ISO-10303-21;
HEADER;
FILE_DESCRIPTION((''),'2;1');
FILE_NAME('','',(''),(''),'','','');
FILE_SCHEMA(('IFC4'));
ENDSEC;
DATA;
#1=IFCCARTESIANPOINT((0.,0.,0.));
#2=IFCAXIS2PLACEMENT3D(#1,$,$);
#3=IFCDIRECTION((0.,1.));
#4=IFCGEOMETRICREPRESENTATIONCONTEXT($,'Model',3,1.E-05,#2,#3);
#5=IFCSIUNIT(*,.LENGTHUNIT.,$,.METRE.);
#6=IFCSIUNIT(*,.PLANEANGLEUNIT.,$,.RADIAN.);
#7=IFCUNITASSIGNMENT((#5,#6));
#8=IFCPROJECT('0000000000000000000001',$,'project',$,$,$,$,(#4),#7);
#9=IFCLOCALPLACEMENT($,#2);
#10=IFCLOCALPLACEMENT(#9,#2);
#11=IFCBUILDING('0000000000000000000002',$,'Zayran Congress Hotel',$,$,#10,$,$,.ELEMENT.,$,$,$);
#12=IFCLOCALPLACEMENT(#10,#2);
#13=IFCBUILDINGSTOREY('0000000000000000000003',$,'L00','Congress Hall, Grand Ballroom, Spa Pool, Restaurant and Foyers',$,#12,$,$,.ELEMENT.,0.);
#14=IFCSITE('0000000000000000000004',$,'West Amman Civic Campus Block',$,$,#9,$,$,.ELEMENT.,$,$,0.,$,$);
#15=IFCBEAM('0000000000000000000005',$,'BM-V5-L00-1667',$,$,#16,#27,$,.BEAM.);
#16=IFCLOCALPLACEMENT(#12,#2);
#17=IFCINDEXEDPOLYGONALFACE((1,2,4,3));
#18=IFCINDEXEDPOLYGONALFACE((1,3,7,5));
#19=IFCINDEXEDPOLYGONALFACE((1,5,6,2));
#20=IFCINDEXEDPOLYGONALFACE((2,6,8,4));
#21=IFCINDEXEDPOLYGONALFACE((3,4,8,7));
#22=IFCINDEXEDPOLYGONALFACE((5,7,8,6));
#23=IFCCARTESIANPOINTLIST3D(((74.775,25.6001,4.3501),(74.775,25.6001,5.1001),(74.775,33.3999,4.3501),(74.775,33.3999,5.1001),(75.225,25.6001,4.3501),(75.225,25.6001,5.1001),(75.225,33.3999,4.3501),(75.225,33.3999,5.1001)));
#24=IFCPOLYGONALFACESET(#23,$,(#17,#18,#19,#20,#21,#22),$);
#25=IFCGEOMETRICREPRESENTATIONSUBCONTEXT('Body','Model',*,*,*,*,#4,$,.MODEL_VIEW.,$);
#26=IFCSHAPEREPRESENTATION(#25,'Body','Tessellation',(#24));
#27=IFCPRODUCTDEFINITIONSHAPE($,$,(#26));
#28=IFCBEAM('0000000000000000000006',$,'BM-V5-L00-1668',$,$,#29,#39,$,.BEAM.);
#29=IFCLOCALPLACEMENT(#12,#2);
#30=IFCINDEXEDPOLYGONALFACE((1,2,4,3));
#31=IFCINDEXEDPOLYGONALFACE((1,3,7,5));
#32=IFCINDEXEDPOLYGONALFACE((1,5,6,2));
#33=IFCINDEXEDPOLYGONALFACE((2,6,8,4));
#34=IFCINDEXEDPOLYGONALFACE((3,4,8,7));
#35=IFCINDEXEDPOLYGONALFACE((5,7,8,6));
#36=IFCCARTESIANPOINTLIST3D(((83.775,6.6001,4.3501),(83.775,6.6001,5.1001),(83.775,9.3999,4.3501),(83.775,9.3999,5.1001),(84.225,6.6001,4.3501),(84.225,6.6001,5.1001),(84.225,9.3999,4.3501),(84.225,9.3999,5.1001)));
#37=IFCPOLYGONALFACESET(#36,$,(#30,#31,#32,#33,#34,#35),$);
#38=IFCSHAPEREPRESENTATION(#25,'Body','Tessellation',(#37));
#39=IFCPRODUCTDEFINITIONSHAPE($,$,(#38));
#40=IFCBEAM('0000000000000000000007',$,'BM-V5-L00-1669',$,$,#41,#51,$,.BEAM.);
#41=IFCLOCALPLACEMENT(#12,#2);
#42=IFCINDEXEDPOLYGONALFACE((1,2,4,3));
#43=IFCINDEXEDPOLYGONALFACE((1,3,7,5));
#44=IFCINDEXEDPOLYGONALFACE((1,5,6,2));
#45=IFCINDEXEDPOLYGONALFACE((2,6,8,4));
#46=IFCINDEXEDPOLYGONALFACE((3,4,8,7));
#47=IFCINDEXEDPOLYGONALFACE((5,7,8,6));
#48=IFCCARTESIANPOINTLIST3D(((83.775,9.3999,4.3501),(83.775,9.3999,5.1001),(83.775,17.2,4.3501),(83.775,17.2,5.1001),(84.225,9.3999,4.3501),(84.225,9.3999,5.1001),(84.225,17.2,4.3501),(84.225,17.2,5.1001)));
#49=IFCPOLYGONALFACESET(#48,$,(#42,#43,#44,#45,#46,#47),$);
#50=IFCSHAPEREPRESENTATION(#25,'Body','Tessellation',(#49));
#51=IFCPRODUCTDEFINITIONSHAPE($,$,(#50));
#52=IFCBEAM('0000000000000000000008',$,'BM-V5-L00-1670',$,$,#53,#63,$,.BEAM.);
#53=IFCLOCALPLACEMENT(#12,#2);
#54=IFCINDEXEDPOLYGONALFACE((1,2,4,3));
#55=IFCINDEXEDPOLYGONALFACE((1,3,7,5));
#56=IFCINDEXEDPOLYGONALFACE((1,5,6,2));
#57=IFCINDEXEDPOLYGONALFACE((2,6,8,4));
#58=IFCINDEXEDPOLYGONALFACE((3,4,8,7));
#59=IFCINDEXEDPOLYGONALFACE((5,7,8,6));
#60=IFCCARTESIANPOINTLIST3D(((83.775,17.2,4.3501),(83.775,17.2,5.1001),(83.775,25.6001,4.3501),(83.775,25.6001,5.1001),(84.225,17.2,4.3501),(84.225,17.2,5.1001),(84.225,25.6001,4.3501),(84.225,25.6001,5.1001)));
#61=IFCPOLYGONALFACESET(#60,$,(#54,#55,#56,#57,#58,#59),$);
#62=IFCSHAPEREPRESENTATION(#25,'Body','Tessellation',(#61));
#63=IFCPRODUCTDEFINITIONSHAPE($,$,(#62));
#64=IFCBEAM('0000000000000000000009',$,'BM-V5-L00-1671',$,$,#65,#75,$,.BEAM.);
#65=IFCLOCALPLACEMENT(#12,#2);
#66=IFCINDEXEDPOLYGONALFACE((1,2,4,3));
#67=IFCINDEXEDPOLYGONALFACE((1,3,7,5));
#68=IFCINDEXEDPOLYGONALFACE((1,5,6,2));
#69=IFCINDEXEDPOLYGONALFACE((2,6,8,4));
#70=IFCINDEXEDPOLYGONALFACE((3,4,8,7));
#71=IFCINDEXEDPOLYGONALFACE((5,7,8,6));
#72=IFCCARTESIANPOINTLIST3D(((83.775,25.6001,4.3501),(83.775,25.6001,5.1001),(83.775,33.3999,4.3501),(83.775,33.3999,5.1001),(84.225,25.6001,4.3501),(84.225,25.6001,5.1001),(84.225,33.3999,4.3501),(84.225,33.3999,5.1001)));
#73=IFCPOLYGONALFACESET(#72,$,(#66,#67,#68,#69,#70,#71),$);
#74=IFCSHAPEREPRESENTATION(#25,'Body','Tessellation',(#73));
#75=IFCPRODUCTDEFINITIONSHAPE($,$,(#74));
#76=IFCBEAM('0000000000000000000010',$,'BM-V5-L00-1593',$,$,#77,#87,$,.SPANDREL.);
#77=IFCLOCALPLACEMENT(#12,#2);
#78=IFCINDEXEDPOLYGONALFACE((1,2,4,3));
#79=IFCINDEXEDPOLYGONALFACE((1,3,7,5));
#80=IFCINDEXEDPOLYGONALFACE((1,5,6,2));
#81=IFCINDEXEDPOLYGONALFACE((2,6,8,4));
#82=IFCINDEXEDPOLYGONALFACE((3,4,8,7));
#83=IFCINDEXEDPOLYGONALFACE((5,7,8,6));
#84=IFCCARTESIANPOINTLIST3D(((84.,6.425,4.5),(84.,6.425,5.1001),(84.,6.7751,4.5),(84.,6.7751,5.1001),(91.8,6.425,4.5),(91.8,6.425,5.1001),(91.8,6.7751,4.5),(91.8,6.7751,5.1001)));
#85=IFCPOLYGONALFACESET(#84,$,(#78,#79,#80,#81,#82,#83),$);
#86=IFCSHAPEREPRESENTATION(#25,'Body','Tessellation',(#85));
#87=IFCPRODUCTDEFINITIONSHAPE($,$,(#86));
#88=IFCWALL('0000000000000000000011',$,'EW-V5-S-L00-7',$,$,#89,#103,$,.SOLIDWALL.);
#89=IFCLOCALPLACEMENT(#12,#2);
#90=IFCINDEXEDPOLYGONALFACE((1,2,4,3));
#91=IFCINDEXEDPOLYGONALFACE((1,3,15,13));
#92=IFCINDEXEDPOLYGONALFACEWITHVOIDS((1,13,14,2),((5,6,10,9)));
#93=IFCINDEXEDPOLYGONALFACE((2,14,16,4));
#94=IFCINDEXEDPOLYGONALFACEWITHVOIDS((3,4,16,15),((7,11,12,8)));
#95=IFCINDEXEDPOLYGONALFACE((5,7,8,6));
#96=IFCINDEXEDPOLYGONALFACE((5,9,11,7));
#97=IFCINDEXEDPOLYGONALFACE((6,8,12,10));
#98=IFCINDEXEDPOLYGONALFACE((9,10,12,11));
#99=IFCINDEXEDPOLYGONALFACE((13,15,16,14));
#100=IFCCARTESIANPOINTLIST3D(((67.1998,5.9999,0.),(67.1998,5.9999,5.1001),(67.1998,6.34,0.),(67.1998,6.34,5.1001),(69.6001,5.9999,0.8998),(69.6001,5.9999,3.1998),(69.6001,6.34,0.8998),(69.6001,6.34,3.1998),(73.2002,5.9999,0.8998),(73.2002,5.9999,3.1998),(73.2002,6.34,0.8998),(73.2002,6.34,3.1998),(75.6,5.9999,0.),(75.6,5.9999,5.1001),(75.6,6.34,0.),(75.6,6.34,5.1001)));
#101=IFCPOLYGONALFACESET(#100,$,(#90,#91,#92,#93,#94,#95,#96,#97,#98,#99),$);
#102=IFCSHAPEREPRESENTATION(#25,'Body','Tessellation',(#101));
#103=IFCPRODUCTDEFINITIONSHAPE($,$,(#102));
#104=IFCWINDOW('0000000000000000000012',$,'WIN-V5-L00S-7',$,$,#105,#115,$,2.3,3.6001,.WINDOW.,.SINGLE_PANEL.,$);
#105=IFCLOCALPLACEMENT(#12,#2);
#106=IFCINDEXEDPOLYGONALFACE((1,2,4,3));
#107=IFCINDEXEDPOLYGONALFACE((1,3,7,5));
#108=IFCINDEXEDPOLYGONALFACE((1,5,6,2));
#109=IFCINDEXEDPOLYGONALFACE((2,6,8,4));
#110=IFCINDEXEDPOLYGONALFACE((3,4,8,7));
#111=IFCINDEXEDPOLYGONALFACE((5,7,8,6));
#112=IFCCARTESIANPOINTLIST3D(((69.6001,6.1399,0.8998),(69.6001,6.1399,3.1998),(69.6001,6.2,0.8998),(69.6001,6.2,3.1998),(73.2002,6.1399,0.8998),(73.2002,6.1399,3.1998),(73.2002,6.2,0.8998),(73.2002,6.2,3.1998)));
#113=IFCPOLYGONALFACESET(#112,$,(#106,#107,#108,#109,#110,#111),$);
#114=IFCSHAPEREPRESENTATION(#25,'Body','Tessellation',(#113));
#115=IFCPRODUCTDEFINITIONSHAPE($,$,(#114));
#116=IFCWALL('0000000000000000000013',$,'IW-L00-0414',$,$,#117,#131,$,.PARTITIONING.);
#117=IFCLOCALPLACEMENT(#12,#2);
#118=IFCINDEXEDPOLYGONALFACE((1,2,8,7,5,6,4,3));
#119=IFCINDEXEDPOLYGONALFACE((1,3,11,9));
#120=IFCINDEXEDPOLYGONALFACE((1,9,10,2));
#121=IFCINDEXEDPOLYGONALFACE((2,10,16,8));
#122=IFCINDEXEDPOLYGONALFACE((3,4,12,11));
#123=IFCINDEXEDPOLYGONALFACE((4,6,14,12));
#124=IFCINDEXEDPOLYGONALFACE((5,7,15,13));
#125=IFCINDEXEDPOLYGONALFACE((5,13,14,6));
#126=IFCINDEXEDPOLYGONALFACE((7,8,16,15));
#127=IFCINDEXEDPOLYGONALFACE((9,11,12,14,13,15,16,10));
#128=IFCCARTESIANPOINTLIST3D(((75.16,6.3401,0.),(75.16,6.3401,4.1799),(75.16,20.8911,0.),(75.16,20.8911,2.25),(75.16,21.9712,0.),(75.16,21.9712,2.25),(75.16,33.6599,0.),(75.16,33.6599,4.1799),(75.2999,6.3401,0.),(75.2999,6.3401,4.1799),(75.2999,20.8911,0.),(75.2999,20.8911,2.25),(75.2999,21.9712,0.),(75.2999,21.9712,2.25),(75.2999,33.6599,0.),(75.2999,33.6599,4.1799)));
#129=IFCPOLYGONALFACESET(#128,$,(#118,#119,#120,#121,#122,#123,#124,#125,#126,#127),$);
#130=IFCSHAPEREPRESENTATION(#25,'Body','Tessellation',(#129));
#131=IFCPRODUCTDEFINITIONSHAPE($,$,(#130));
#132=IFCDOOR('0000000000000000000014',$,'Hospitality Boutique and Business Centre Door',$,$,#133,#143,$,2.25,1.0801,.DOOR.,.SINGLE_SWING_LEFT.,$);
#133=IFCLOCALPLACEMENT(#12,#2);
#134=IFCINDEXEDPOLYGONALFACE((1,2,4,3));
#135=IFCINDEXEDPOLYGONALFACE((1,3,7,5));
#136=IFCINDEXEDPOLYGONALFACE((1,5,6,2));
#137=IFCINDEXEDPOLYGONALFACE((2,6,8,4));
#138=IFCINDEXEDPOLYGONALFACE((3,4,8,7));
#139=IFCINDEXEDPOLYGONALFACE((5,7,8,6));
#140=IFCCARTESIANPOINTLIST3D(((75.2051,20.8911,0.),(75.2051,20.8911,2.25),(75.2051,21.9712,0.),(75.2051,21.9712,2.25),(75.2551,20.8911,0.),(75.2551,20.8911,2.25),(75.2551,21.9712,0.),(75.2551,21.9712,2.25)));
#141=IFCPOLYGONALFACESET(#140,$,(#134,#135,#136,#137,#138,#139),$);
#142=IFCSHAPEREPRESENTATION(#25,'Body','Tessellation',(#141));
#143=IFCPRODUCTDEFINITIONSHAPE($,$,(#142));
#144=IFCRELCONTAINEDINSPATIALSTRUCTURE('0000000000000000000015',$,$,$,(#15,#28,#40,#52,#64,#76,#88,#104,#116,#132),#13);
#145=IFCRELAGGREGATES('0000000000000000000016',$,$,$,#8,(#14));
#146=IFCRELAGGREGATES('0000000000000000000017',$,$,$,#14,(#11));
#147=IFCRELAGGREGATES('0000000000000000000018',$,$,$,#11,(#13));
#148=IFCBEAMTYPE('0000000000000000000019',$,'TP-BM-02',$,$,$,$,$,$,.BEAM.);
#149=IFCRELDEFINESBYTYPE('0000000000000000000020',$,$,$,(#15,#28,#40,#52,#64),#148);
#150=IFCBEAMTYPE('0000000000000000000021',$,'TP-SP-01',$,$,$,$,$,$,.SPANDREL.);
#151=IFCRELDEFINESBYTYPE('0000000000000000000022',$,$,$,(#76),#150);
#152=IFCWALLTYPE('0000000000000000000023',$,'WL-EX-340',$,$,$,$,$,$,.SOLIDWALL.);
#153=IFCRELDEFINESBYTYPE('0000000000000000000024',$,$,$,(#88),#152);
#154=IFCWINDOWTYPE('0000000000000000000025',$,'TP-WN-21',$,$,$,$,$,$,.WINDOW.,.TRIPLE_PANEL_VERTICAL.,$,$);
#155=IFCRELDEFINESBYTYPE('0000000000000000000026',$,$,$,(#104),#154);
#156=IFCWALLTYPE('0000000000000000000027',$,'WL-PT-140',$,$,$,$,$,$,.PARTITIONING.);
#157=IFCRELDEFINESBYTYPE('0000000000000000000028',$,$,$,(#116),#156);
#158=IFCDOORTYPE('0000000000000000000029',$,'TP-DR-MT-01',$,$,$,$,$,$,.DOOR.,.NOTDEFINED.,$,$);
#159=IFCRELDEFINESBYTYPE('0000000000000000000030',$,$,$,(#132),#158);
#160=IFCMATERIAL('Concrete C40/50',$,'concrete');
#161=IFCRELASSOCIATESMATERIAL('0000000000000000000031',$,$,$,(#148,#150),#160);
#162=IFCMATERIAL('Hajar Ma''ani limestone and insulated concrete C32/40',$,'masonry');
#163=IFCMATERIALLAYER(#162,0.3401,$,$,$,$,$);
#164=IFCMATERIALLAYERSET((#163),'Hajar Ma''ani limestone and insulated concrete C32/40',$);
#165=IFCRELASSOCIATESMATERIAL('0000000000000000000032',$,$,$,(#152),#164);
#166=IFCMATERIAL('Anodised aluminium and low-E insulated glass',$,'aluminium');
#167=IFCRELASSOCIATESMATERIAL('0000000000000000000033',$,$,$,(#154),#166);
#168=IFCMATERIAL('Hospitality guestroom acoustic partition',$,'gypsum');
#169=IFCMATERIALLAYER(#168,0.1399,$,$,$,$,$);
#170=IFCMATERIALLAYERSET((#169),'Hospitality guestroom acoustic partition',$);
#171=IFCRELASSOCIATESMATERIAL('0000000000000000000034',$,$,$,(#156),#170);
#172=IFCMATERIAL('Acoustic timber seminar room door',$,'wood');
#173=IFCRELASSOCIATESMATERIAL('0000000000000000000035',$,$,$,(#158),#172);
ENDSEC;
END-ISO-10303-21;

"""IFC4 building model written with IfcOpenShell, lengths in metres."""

from ifc_helpers import new_model, si_unit, direction, frame, frame_2d, origin, origin_2d, place, context, subcontext, project, spatial, rectangle, extrude, material, layer, layer_set, material_profile, profile_set, type_object, element, fill, save


model = new_model("IFC4")

# Units and contexts
model_context = context("Model", 3, precision=1e-05, world=origin(), true_north=direction((0.0, 1.0)))
body_context = subcontext(model_context, "Body", "Model", "MODEL_VIEW")
ifc_project = project(units=[si_unit("LENGTHUNIT", "METRE"), si_unit("PLANEANGLEUNIT", "RADIAN")], contexts=[model_context])

# Site, building, storey
site_placement = place(None, origin())
site = spatial("IfcSite", under=ifc_project, at=site_placement, Name="West Amman Civic Campus Block", CompositionType="ELEMENT", RefElevation=0.0)
building_placement = place(site_placement, origin())
building = spatial("IfcBuilding", under=site, at=building_placement, Name="Zayran Congress Hotel", CompositionType="ELEMENT")
storey_placement = place(building_placement, origin())
storey = spatial("IfcBuildingStorey", under=building, at=storey_placement, Name="L00", Description="Congress Hall, Grand Ballroom, Spa Pool, Restaurant and Foyers", CompositionType="ELEMENT", Elevation=0.0)

# Shared definitions
ifc_material_1 = material(Name="Concrete C40/50", Category="concrete")

# Beams
ifc_material_profile_1 = material_profile(ifc_material_1, rectangle(XDim=0.45, YDim=0.75, at=origin_2d()), Name="RC 450x750")
ifc_profile_set_1 = profile_set([ifc_material_profile_1], Name="Concrete C40/50")
beam_type_1 = type_object("IfcBeamType", Name="TP-BM-02", PredefinedType="BEAM", material=ifc_profile_set_1)
beam_1_placement = place(storey_placement, frame((75.0, 25.6001, 4.7251), z_axis=(0.0, 1.0, 0.0), x_axis=(-1.0, 0.0, 0.0)))
element("IfcBeam", 1, at=beam_1_placement, inside=storey, type_object=beam_type_1, Name="BM-V5-L00-1667", PredefinedType="BEAM", context=body_context, shape_type="SweptSolid", body=[
    extrude(rectangle(XDim=0.45, YDim=0.75, at=origin_2d()), origin(), (0.0, 0.0, 1.0), 7.7998),
])
beam_2_placement = place(storey_placement, frame((84.0, 6.6001, 4.7251), z_axis=(0.0, 1.0, 0.0), x_axis=(-1.0, 0.0, 0.0)))
element("IfcBeam", 2, at=beam_2_placement, inside=storey, type_object=beam_type_1, Name="BM-V5-L00-1668", PredefinedType="BEAM", context=body_context, shape_type="SweptSolid", body=[
    extrude(rectangle(XDim=0.45, YDim=0.75, at=origin_2d()), origin(), (0.0, 0.0, 1.0), 2.7998),
])
beam_3_placement = place(storey_placement, frame((84.0, 9.3999, 4.7251), z_axis=(0.0, 1.0, 0.0), x_axis=(-1.0, 0.0, 0.0)))
element("IfcBeam", 3, at=beam_3_placement, inside=storey, type_object=beam_type_1, Name="BM-V5-L00-1669", PredefinedType="BEAM", context=body_context, shape_type="SweptSolid", body=[
    extrude(rectangle(XDim=0.45, YDim=0.75, at=origin_2d()), origin(), (0.0, 0.0, 1.0), 7.8),
])
beam_4_placement = place(storey_placement, frame((84.0, 17.2, 4.7251), z_axis=(0.0, 1.0, 0.0), x_axis=(-1.0, 0.0, 0.0)))
element("IfcBeam", 4, at=beam_4_placement, inside=storey, type_object=beam_type_1, Name="BM-V5-L00-1670", PredefinedType="BEAM", context=body_context, shape_type="SweptSolid", body=[
    extrude(rectangle(XDim=0.45, YDim=0.75, at=origin_2d()), origin(), (0.0, 0.0, 1.0), 8.4001),
])
beam_5_placement = place(storey_placement, frame((84.0, 25.6001, 4.7251), z_axis=(0.0, 1.0, 0.0), x_axis=(-1.0, 0.0, 0.0)))
element("IfcBeam", 5, at=beam_5_placement, inside=storey, type_object=beam_type_1, Name="BM-V5-L00-1671", PredefinedType="BEAM", context=body_context, shape_type="SweptSolid", body=[
    extrude(rectangle(XDim=0.45, YDim=0.75, at=origin_2d()), origin(), (0.0, 0.0, 1.0), 7.7998),
])
ifc_material_profile_2 = material_profile(ifc_material_1, rectangle(XDim=0.3501, YDim=0.6001, at=origin_2d()), Name="RC 350x600")
ifc_profile_set_2 = profile_set([ifc_material_profile_2], Name="Concrete C40/50")
beam_type_2 = type_object("IfcBeamType", Name="TP-SP-01", PredefinedType="SPANDREL", material=ifc_profile_set_2)
beam_6_placement = place(storey_placement, frame((84.0, 6.6001, 4.8), z_axis=(1.0, 0.0, 0.0), x_axis=(0.0, 1.0, 0.0)))
element("IfcBeam", 6, at=beam_6_placement, inside=storey, type_object=beam_type_2, Name="BM-V5-L00-1593", PredefinedType="SPANDREL", context=body_context, shape_type="SweptSolid", body=[
    extrude(rectangle(XDim=0.3501, YDim=0.6001, at=origin_2d()), origin(), (0.0, 0.0, 1.0), 7.8),
])

# Wall, opening, window
ifc_material_2 = material(Name="Hajar Ma'ani limestone and insulated concrete C32/40", Category="masonry")
ifc_layer_1 = layer(ifc_material_2, 0.3401)
ifc_layer_set_1 = layer_set([ifc_layer_1], Name="Hajar Ma'ani limestone and insulated concrete C32/40")
wall_type_1 = type_object("IfcWallType", Name="WL-EX-340", PredefinedType="SOLIDWALL", material=ifc_layer_set_1)
wall_1_placement = place(storey_placement, frame((75.6001, 6.1699, 0.0), z_axis=(0.0, 0.0, 1.0), x_axis=(-1.0, 0.0, 0.0)))
wall_1 = element("IfcWall", 7, at=wall_1_placement, inside=storey, type_object=wall_type_1, Name="EW-V5-S-L00-7", PredefinedType="SOLIDWALL", context=body_context, shape_type="SweptSolid", body=[
    extrude(rectangle(XDim=8.4001, YDim=0.3401, at=frame_2d((4.2002, 0.0))), origin(), (0.0, 0.0, 1.0), 5.1001),
])
opening_1_placement = place(wall_1_placement, frame((2.3999, 0.0, 0.8999)))
opening_1 = element("IfcOpeningElement", 8, at=opening_1_placement, cuts=wall_1, PredefinedType="OPENING", context=body_context, shape_type="SweptSolid", body=[
    extrude(rectangle(XDim=3.6001, YDim=2.3, at=frame_2d((1.8, 1.1499))), frame((0.0, 0.1799, 0.0), z_axis=(0.0, -1.0, 0.0), x_axis=(1.0, 0.0, 0.0)), (0.0, 0.0, 1.0), 0.3601),
])
ifc_material_3 = material(Name="Anodised aluminium and low-E insulated glass", Category="aluminium")
window_type = type_object("IfcWindowType", Name="TP-WN-21", PartitioningType="TRIPLE_PANEL_VERTICAL", PredefinedType="WINDOW", material=ifc_material_3)
window_placement = place(opening_1_placement, origin())
window = element("IfcWindow", 9, at=window_placement, inside=storey, type_object=window_type, Name="WIN-V5-L00S-7", OverallHeight=2.3, OverallWidth=3.6001, PartitioningType="SINGLE_PANEL", PredefinedType="WINDOW", context=body_context, shape_type="SweptSolid", body=[
    extrude(rectangle(XDim=3.6001, YDim=2.3, at=frame_2d((1.8, 1.1499))), frame((0.0, 0.03, 0.0), z_axis=(0.0, -1.0, 0.0), x_axis=(1.0, 0.0, 0.0)), (0.0, 0.0, 1.0), 0.0601),
])
fill(opening_1, window)

# Wall, opening, door
ifc_material_4 = material(Name="Hospitality guestroom acoustic partition", Category="gypsum")
ifc_layer_2 = layer(ifc_material_4, 0.1399)
ifc_layer_set_2 = layer_set([ifc_layer_2], Name="Hospitality guestroom acoustic partition")
wall_type_2 = type_object("IfcWallType", Name="WL-PT-140", PredefinedType="PARTITIONING", material=ifc_layer_set_2)
wall_2_placement = place(storey_placement, frame((75.23, 6.3401, 0.0), z_axis=(0.0, 0.0, 1.0), x_axis=(0.0, 1.0, 0.0)))
wall_2 = element("IfcWall", 10, at=wall_2_placement, inside=storey, type_object=wall_type_2, Name="IW-L00-0414", PredefinedType="PARTITIONING", context=body_context, shape_type="SweptSolid", body=[
    extrude(rectangle(XDim=27.3198, YDim=0.1399, at=frame_2d((13.6599, 0.0))), origin(), (0.0, 0.0, 1.0), 4.1799),
])
opening_2_placement = place(wall_2_placement, frame((14.551, 0.0, 0.0)))
opening_2 = element("IfcOpeningElement", 11, at=opening_2_placement, cuts=wall_2, PredefinedType="OPENING", context=body_context, shape_type="SweptSolid", body=[
    extrude(rectangle(XDim=1.0801, YDim=2.25, at=frame_2d((0.54, 1.125))), frame((0.0, 0.0798, 0.0), z_axis=(0.0, -1.0, 0.0), x_axis=(1.0, 0.0, 0.0)), (0.0, 0.0, 1.0), 0.1599),
])
ifc_material_5 = material(Name="Acoustic timber seminar room door", Category="wood")
door_type_1 = type_object("IfcDoorType", Name="TP-DR-MT-01", OperationType="NOTDEFINED", PredefinedType="DOOR", material=ifc_material_5)
door_1_placement = place(opening_2_placement, origin())
door_1 = element("IfcDoor", 12, at=door_1_placement, inside=storey, type_object=door_type_1, Name="Hospitality Boutique and Business Centre Door", OperationType="SINGLE_SWING_LEFT", OverallHeight=2.25, OverallWidth=1.0801, PredefinedType="DOOR", context=body_context, shape_type="SweptSolid", body=[
    extrude(rectangle(XDim=1.0801, YDim=2.25, at=frame_2d((0.54, 1.125))), frame((0.0, 0.0249, 0.0), z_axis=(0.0, -1.0, 0.0), x_axis=(1.0, 0.0, 0.0)), (0.0, 0.0, 1.0), 0.05),
])
fill(opening_2, door_1)

save(model, "model.ifc")
